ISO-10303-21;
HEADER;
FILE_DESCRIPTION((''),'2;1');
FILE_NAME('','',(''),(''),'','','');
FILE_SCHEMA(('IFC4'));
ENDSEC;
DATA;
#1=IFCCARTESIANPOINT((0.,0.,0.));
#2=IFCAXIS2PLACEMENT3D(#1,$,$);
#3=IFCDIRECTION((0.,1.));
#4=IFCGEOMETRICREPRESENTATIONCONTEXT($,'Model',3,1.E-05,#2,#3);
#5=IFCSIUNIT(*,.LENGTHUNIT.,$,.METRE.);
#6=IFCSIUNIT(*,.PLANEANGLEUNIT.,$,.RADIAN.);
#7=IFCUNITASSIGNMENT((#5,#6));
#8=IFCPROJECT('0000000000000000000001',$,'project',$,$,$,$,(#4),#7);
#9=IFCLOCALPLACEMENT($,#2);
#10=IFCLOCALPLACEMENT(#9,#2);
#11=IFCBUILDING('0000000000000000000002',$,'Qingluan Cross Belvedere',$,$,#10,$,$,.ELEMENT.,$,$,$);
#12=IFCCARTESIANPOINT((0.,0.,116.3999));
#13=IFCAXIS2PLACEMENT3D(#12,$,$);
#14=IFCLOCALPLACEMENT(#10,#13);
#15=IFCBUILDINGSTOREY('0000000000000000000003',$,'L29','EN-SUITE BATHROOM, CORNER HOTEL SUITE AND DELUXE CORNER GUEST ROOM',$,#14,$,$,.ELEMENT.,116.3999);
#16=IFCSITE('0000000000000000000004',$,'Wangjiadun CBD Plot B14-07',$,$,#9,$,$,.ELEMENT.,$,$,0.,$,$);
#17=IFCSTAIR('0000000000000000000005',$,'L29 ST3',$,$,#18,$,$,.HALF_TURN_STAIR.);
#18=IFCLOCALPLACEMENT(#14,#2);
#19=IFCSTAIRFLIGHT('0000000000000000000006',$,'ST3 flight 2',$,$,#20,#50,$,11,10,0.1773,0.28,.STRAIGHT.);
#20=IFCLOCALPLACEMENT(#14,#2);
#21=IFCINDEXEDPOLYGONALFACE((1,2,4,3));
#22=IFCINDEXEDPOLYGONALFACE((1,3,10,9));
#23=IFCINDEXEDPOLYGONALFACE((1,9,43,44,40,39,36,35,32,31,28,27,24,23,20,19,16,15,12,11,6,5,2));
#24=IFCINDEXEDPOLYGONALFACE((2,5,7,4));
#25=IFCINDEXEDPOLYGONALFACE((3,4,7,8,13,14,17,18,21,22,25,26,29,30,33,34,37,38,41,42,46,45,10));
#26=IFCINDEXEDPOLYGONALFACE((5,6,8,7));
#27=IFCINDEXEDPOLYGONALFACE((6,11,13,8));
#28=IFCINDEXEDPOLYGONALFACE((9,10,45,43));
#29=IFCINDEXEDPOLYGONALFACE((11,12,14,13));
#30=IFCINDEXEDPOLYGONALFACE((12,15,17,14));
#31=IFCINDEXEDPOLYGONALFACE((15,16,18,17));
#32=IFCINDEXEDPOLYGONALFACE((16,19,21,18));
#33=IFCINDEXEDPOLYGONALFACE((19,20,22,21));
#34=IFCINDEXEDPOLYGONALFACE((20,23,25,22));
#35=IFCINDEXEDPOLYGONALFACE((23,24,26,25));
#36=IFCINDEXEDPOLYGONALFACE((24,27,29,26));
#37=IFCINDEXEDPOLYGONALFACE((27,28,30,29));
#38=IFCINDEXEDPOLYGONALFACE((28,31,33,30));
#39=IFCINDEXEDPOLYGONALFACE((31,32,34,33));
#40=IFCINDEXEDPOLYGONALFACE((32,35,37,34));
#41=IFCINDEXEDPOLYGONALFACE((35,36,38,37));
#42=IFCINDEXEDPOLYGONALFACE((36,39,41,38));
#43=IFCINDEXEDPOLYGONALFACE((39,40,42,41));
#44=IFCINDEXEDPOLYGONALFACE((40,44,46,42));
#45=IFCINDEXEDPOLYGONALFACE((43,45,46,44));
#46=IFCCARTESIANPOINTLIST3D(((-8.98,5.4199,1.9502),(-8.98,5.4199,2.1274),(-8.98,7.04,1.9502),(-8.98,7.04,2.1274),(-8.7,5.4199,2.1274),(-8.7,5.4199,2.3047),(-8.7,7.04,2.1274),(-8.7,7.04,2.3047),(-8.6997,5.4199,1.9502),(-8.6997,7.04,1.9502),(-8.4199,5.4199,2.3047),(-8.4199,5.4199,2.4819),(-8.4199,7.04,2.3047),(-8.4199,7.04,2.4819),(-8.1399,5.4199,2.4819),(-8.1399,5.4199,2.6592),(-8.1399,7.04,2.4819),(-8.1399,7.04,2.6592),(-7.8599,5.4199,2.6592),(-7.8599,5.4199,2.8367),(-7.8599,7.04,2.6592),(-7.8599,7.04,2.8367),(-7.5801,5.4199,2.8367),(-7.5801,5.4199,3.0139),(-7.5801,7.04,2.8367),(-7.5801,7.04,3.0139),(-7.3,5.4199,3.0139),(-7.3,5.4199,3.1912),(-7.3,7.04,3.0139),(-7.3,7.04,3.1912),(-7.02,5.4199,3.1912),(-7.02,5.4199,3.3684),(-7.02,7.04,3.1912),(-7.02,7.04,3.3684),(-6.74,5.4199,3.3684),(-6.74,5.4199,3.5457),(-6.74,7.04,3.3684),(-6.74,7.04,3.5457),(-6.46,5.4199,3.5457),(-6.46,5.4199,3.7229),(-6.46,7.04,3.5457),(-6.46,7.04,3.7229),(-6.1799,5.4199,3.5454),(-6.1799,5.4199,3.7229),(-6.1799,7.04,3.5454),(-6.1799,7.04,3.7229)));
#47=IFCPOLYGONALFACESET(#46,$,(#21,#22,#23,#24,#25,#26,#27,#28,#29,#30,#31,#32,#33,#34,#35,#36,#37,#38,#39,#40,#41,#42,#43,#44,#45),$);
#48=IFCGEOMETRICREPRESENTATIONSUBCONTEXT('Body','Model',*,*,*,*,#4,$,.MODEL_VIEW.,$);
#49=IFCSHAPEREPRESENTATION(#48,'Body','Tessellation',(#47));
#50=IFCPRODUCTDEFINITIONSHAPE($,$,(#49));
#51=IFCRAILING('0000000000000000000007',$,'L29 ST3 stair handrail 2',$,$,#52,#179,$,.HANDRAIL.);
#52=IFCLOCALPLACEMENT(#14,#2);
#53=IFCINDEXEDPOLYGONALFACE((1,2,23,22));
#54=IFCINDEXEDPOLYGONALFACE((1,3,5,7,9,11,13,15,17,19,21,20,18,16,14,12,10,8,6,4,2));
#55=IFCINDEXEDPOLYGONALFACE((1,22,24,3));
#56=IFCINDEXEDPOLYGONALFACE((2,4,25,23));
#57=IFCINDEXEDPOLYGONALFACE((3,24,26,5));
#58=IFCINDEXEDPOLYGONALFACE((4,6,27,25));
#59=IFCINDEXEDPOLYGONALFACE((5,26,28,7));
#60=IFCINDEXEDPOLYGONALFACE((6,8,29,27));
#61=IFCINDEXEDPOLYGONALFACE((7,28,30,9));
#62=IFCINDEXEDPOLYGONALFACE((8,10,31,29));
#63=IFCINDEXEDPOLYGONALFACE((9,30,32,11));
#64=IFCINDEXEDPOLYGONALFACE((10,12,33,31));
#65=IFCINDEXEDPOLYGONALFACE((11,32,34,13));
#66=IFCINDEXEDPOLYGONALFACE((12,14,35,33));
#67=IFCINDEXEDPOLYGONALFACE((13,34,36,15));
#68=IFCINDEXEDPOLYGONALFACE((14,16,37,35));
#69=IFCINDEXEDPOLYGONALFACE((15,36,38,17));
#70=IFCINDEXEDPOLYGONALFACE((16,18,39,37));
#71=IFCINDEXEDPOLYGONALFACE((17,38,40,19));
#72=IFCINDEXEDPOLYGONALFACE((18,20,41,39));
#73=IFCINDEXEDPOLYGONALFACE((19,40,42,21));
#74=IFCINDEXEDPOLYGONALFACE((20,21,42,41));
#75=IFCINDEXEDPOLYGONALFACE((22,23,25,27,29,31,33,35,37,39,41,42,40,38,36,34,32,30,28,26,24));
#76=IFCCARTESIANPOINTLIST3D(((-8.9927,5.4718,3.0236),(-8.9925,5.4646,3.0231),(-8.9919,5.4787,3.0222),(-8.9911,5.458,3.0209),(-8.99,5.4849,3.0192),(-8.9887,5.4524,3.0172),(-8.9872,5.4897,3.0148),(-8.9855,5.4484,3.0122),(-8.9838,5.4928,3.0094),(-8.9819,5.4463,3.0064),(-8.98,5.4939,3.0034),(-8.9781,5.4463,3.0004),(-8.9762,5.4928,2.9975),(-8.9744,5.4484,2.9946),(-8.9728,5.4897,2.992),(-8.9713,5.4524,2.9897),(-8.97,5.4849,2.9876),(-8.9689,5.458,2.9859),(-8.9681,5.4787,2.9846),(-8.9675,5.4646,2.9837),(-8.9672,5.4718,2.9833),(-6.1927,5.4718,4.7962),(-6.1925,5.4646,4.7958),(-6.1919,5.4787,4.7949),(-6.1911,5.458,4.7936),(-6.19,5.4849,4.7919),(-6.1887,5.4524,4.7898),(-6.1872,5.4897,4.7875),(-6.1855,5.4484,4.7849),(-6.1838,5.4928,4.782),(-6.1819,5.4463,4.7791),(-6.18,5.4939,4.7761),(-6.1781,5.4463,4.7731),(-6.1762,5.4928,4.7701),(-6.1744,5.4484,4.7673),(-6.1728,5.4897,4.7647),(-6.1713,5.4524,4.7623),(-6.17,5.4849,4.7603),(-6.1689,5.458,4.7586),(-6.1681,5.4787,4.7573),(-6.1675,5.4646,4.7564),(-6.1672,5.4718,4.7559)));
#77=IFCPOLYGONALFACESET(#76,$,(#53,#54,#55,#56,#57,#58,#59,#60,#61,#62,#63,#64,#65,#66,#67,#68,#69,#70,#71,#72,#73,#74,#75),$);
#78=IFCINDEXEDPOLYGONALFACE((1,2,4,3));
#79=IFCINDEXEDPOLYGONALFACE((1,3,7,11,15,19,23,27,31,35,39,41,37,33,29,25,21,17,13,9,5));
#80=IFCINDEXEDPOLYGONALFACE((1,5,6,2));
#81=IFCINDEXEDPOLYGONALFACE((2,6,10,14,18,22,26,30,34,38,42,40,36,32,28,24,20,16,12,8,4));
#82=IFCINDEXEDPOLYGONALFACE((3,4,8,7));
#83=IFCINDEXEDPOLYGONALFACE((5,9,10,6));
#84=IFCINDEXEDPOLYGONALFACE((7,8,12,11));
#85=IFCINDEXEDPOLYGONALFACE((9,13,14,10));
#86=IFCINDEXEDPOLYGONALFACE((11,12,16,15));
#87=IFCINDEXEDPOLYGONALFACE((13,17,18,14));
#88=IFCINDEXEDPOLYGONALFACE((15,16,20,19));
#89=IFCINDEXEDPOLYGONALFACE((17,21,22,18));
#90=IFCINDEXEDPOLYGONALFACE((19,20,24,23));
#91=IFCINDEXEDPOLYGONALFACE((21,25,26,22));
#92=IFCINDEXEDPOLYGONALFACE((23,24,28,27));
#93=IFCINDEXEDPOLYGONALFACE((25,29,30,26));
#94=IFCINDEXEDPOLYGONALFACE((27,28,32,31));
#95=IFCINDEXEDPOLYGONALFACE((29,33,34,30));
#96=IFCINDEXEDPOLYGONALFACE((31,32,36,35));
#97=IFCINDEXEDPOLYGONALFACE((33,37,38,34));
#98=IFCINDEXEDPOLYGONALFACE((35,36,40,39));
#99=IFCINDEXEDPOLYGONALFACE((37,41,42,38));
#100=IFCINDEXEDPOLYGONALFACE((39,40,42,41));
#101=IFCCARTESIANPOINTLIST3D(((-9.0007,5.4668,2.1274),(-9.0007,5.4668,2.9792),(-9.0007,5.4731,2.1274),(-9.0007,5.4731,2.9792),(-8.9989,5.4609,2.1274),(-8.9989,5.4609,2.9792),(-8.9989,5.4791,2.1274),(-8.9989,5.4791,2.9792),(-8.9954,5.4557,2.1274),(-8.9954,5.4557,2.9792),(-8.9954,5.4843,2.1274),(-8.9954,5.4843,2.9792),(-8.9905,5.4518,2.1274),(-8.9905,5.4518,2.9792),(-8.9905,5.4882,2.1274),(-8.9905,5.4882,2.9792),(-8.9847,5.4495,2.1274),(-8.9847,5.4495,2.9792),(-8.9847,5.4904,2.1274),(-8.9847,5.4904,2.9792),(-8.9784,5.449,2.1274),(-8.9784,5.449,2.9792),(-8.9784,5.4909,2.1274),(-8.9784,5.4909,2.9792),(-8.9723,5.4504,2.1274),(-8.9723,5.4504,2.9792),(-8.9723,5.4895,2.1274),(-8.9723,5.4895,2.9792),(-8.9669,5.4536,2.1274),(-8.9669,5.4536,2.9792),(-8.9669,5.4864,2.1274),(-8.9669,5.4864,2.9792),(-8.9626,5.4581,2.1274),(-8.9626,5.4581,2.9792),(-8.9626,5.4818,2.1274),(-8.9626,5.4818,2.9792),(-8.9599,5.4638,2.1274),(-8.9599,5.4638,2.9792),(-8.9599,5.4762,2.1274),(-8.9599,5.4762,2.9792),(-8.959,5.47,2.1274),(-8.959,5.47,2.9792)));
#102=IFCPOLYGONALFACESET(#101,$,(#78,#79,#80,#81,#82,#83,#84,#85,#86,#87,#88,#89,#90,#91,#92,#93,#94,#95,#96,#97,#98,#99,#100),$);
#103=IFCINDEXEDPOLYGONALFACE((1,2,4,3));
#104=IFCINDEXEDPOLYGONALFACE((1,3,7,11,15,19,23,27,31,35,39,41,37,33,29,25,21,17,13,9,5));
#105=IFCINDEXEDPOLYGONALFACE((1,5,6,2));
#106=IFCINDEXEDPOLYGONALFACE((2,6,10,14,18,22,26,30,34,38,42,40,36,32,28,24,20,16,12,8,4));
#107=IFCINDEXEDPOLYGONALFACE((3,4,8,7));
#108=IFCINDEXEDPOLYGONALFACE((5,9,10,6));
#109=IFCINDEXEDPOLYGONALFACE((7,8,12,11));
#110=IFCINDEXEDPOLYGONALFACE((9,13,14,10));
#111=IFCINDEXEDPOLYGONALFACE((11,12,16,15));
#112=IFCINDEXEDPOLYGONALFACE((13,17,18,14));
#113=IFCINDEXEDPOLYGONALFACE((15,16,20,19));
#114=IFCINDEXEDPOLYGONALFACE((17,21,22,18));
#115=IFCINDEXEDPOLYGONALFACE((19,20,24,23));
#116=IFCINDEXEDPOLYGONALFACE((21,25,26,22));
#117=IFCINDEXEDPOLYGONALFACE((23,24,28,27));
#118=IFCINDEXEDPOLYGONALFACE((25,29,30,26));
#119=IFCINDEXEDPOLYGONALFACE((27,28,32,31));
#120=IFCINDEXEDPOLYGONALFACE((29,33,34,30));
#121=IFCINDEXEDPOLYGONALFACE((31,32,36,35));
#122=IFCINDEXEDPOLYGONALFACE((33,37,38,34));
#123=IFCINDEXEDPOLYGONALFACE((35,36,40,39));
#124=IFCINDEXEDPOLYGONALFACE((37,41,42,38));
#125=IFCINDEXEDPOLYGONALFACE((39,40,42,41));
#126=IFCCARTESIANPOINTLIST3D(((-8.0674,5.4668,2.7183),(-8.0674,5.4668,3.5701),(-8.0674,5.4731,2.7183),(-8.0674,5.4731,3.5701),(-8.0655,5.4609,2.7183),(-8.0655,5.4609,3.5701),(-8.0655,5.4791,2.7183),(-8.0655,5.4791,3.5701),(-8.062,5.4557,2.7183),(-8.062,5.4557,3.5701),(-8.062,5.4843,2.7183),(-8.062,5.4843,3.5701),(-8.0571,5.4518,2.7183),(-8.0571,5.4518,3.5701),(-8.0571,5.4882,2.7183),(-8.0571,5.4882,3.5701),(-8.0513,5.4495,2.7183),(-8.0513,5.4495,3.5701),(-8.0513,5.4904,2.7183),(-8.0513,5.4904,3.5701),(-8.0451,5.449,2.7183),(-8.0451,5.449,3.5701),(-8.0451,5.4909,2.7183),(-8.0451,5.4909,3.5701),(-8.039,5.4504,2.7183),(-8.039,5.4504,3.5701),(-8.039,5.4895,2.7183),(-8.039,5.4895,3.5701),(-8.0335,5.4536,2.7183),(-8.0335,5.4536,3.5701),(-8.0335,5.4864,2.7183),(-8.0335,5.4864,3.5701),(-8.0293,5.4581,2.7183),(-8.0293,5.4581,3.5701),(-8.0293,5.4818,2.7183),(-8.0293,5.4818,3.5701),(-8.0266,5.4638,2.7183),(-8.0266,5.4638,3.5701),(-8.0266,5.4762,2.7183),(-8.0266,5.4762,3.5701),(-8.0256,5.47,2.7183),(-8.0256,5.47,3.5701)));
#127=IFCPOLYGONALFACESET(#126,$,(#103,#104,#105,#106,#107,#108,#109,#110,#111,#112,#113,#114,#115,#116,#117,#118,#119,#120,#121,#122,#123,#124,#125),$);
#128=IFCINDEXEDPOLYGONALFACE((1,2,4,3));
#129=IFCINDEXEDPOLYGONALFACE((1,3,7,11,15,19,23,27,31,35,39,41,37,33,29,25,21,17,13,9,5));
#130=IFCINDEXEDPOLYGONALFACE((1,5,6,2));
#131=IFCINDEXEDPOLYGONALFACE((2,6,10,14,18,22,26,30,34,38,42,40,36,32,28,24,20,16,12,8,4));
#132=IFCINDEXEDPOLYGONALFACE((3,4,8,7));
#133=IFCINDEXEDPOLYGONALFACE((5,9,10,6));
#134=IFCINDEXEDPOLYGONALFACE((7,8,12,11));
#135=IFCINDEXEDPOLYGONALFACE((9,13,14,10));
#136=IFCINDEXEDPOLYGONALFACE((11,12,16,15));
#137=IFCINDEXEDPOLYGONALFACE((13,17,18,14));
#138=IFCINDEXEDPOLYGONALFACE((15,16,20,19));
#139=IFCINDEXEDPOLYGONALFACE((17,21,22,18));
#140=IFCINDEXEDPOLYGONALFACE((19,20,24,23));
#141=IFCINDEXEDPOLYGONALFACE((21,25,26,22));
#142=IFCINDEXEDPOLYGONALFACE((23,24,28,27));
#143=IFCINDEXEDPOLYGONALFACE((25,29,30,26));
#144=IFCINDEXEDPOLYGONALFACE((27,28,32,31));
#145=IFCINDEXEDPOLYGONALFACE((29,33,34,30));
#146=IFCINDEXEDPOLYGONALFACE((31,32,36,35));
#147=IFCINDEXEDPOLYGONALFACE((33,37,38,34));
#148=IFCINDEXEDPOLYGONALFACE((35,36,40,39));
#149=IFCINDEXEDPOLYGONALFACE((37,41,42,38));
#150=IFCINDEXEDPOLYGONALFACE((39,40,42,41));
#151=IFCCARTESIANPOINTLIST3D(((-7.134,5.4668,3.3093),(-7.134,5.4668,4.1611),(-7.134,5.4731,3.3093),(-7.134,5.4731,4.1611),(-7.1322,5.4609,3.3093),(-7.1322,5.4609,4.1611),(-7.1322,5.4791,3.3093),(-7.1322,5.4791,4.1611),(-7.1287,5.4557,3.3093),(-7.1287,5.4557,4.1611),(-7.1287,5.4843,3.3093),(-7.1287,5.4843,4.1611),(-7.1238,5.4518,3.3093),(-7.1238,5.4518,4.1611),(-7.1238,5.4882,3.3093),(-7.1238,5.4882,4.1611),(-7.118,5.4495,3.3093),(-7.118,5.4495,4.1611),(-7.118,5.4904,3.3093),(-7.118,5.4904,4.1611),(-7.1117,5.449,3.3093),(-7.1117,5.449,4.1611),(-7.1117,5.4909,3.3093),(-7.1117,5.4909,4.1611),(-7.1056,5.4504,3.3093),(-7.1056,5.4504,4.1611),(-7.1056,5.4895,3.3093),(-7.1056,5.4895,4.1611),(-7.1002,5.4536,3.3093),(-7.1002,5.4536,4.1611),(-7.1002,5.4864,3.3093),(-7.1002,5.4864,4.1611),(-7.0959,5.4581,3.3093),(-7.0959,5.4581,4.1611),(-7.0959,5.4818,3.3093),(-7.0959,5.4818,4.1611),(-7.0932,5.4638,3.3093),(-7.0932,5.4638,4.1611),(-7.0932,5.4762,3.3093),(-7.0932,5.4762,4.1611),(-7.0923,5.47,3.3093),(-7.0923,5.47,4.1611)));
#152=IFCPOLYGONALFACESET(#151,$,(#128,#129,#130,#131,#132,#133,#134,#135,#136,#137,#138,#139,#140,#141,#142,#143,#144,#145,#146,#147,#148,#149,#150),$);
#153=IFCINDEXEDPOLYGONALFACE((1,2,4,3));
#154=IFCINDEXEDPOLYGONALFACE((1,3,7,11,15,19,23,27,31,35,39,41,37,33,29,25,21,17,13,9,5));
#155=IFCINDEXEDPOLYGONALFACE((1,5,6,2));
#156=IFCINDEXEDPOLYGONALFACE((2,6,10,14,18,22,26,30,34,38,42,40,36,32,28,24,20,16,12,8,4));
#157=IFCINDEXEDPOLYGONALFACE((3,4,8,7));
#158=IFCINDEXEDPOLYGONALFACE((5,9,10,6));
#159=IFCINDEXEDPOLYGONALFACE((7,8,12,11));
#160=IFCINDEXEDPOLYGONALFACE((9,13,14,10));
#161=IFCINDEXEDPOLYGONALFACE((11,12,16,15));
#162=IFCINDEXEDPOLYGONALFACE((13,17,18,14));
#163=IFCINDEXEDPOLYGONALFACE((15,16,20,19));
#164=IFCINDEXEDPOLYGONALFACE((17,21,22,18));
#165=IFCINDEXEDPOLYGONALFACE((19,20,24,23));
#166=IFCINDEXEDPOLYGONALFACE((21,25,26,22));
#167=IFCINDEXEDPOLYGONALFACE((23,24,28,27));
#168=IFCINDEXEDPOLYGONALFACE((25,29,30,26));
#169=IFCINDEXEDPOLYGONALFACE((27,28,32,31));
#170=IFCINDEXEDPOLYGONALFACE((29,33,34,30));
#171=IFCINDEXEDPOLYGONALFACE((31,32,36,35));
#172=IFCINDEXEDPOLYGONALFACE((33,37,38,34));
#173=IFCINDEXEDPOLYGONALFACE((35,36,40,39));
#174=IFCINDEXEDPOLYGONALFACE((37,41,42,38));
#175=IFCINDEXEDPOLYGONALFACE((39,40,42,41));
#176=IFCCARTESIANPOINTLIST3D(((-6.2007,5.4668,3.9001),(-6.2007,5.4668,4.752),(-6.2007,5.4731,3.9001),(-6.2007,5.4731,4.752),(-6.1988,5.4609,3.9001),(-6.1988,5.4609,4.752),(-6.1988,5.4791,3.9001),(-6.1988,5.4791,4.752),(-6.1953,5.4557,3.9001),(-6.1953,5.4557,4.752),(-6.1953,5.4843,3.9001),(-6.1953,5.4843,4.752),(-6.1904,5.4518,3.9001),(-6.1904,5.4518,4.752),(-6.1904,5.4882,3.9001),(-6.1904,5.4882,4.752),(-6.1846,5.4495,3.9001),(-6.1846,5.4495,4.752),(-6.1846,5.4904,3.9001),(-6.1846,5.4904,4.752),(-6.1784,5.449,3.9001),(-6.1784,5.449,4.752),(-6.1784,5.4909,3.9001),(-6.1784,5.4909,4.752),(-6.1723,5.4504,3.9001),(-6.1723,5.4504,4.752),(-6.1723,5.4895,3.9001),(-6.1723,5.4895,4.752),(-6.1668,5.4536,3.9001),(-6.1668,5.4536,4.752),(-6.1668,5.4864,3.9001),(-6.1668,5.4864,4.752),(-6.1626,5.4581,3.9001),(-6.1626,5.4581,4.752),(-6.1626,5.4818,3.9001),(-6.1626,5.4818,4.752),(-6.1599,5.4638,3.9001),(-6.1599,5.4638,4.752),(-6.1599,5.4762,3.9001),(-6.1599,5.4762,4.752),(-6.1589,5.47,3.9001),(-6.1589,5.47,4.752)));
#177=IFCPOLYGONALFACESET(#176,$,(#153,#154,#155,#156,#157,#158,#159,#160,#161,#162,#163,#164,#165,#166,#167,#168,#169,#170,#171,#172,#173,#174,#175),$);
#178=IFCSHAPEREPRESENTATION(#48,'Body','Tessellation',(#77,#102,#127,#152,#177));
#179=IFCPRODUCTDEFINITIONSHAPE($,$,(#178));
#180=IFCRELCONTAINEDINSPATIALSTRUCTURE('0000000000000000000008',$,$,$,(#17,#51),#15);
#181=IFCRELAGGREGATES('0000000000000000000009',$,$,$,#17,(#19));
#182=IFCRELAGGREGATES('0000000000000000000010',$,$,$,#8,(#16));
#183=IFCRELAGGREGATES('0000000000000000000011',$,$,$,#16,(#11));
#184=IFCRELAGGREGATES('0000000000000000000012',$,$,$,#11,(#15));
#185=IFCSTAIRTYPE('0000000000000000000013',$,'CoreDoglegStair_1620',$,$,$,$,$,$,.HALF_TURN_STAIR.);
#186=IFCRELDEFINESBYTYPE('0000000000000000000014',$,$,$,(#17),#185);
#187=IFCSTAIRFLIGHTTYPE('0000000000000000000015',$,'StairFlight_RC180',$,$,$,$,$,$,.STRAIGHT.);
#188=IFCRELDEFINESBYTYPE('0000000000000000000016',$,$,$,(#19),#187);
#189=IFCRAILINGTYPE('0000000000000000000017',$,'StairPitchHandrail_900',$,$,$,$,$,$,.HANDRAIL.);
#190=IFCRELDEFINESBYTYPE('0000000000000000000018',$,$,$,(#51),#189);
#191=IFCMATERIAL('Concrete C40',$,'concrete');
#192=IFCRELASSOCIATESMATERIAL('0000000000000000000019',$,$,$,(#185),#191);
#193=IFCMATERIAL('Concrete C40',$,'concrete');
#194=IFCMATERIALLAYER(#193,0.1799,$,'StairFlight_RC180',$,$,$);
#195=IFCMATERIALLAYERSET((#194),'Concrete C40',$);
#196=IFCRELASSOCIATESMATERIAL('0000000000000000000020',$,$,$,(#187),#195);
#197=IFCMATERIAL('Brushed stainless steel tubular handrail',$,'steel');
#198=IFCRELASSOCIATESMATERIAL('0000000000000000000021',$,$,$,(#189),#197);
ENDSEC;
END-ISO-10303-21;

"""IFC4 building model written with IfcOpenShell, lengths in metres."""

from ifc_helpers import new_model, si_unit, direction, frame, origin, origin_2d, place, context, subcontext, project, spatial, polyline, circle, outline, extrude, material, layer, layer_set, type_object, element, aggregate, save


model = new_model("IFC4")

# Units and contexts
model_context = context("Model", 3, precision=1e-05, world=origin(), true_north=direction((0.0, 1.0)))
body_context = subcontext(model_context, "Body", "Model", "MODEL_VIEW")
ifc_project = project(units=[si_unit("LENGTHUNIT", "METRE"), si_unit("PLANEANGLEUNIT", "RADIAN")], contexts=[model_context])

# Site, building, storey
site_placement = place(None, origin())
site = spatial("IfcSite", under=ifc_project, at=site_placement, Name="Wangjiadun CBD Plot B14-07", CompositionType="ELEMENT", RefElevation=0.0)
building_placement = place(site_placement, origin())
building = spatial("IfcBuilding", under=site, at=building_placement, Name="Qingluan Cross Belvedere", CompositionType="ELEMENT")
storey_placement = place(building_placement, frame((0.0, 0.0, 116.3999)))
storey = spatial("IfcBuildingStorey", under=building, at=storey_placement, Name="L29", Description="EN-SUITE BATHROOM, CORNER HOTEL SUITE AND DELUXE CORNER GUEST ROOM", CompositionType="ELEMENT", Elevation=116.3999)

# Stair, stair flight
ifc_material_1 = material(Name="Concrete C40", Category="concrete")
stair_type = type_object("IfcStairType", Name="CoreDoglegStair_1620", PredefinedType="HALF_TURN_STAIR", material=ifc_material_1)
stair_placement = place(storey_placement, origin())
stair = element("IfcStair", 1, at=stair_placement, inside=storey, type_object=stair_type, Name="L29 ST3", PredefinedType="HALF_TURN_STAIR")
ifc_material_2 = material(Name="Concrete C40", Category="concrete")
ifc_layer_1 = layer(ifc_material_2, 0.1799, Name="StairFlight_RC180")
ifc_layer_set_1 = layer_set([ifc_layer_1], Name="Concrete C40")
stair_flight_type = type_object("IfcStairFlightType", Name="StairFlight_RC180", PredefinedType="STRAIGHT", material=ifc_layer_set_1)
stair_flight_1_placement = place(storey_placement, frame((-8.98, 6.23, 1.9502), z_axis=(0.0, 0.0, 1.0), x_axis=(1.0, 0.0, 0.0)))
stair_flight_1 = element("IfcStairFlight", 2, at=stair_flight_1_placement, type_object=stair_flight_type, Name="ST3 flight 2", NumberOfRisers=11, NumberOfTreads=10, PredefinedType="STRAIGHT", RiserHeight=0.1773, TreadLength=0.28, context=body_context, shape_type="SweptSolid", body=[
    extrude(outline(polyline([(0.0, 0.0), (0.0, 0.1772), (0.28, 0.1772), (0.28, 0.3545), (0.5601, 0.3545), (0.5601, 0.5317), (0.8401, 0.5317), (0.8401, 0.709), (1.1201, 0.709), (1.1201, 0.8865), (1.3999, 0.8865), (1.3999, 1.0637), (1.6799, 1.0637), (1.6799, 1.241), (1.96, 1.241), (1.96, 1.4182), (2.24, 1.4182), (2.24, 1.5955), (2.52, 1.5955), (2.52, 1.7727), (2.8, 1.7727), (2.8, 1.95), (2.8, 1.5952), (0.2803, 0.0), (0.0, 0.0)])), frame((0.0, 0.8101, 0.0), z_axis=(0.0, -1.0, 0.0), x_axis=(1.0, 0.0, 0.0)), (0.0, 0.0, 1.0), 1.6201),
])
aggregate(stair, [stair_flight_1])

# Railing
ifc_material_3 = material(Name="Brushed stainless steel tubular handrail", Category="steel")
railing_type_1 = type_object("IfcRailingType", Name="StairPitchHandrail_900", PredefinedType="HANDRAIL", material=ifc_material_3)
railing_1_placement = place(storey_placement, frame((-8.98, 5.47, 2.1274)))
element("IfcRailing", 3, at=railing_1_placement, inside=storey, type_object=railing_type_1, Name="L29 ST3 stair handrail 2", PredefinedType="HANDRAIL", context=body_context, shape_type="SweptSolid", body=[
    extrude(circle(Radius=0.0239, at=origin_2d()), frame((0.0, 0.0, 0.876), z_axis=(0.844909, 0.0, 0.53491), x_axis=(0.0, 1.0, 0.0)), (0.0, 0.0, 1.0), 3.314),
    extrude(circle(Radius=0.021, at=origin_2d()), origin(), (0.0, 0.0, 1.0), 0.8518),
    extrude(circle(Radius=0.021, at=origin_2d()), frame((0.9333, 0.0, 0.5908)), (0.0, 0.0, 1.0), 0.8518),
    extrude(circle(Radius=0.021, at=origin_2d()), frame((1.8667, 0.0, 1.1819)), (0.0, 0.0, 1.0), 0.8518),
    extrude(circle(Radius=0.021, at=origin_2d()), frame((2.8, 0.0, 1.7727)), (0.0, 0.0, 1.0), 0.8518),
])

save(model, "model.ifc")
